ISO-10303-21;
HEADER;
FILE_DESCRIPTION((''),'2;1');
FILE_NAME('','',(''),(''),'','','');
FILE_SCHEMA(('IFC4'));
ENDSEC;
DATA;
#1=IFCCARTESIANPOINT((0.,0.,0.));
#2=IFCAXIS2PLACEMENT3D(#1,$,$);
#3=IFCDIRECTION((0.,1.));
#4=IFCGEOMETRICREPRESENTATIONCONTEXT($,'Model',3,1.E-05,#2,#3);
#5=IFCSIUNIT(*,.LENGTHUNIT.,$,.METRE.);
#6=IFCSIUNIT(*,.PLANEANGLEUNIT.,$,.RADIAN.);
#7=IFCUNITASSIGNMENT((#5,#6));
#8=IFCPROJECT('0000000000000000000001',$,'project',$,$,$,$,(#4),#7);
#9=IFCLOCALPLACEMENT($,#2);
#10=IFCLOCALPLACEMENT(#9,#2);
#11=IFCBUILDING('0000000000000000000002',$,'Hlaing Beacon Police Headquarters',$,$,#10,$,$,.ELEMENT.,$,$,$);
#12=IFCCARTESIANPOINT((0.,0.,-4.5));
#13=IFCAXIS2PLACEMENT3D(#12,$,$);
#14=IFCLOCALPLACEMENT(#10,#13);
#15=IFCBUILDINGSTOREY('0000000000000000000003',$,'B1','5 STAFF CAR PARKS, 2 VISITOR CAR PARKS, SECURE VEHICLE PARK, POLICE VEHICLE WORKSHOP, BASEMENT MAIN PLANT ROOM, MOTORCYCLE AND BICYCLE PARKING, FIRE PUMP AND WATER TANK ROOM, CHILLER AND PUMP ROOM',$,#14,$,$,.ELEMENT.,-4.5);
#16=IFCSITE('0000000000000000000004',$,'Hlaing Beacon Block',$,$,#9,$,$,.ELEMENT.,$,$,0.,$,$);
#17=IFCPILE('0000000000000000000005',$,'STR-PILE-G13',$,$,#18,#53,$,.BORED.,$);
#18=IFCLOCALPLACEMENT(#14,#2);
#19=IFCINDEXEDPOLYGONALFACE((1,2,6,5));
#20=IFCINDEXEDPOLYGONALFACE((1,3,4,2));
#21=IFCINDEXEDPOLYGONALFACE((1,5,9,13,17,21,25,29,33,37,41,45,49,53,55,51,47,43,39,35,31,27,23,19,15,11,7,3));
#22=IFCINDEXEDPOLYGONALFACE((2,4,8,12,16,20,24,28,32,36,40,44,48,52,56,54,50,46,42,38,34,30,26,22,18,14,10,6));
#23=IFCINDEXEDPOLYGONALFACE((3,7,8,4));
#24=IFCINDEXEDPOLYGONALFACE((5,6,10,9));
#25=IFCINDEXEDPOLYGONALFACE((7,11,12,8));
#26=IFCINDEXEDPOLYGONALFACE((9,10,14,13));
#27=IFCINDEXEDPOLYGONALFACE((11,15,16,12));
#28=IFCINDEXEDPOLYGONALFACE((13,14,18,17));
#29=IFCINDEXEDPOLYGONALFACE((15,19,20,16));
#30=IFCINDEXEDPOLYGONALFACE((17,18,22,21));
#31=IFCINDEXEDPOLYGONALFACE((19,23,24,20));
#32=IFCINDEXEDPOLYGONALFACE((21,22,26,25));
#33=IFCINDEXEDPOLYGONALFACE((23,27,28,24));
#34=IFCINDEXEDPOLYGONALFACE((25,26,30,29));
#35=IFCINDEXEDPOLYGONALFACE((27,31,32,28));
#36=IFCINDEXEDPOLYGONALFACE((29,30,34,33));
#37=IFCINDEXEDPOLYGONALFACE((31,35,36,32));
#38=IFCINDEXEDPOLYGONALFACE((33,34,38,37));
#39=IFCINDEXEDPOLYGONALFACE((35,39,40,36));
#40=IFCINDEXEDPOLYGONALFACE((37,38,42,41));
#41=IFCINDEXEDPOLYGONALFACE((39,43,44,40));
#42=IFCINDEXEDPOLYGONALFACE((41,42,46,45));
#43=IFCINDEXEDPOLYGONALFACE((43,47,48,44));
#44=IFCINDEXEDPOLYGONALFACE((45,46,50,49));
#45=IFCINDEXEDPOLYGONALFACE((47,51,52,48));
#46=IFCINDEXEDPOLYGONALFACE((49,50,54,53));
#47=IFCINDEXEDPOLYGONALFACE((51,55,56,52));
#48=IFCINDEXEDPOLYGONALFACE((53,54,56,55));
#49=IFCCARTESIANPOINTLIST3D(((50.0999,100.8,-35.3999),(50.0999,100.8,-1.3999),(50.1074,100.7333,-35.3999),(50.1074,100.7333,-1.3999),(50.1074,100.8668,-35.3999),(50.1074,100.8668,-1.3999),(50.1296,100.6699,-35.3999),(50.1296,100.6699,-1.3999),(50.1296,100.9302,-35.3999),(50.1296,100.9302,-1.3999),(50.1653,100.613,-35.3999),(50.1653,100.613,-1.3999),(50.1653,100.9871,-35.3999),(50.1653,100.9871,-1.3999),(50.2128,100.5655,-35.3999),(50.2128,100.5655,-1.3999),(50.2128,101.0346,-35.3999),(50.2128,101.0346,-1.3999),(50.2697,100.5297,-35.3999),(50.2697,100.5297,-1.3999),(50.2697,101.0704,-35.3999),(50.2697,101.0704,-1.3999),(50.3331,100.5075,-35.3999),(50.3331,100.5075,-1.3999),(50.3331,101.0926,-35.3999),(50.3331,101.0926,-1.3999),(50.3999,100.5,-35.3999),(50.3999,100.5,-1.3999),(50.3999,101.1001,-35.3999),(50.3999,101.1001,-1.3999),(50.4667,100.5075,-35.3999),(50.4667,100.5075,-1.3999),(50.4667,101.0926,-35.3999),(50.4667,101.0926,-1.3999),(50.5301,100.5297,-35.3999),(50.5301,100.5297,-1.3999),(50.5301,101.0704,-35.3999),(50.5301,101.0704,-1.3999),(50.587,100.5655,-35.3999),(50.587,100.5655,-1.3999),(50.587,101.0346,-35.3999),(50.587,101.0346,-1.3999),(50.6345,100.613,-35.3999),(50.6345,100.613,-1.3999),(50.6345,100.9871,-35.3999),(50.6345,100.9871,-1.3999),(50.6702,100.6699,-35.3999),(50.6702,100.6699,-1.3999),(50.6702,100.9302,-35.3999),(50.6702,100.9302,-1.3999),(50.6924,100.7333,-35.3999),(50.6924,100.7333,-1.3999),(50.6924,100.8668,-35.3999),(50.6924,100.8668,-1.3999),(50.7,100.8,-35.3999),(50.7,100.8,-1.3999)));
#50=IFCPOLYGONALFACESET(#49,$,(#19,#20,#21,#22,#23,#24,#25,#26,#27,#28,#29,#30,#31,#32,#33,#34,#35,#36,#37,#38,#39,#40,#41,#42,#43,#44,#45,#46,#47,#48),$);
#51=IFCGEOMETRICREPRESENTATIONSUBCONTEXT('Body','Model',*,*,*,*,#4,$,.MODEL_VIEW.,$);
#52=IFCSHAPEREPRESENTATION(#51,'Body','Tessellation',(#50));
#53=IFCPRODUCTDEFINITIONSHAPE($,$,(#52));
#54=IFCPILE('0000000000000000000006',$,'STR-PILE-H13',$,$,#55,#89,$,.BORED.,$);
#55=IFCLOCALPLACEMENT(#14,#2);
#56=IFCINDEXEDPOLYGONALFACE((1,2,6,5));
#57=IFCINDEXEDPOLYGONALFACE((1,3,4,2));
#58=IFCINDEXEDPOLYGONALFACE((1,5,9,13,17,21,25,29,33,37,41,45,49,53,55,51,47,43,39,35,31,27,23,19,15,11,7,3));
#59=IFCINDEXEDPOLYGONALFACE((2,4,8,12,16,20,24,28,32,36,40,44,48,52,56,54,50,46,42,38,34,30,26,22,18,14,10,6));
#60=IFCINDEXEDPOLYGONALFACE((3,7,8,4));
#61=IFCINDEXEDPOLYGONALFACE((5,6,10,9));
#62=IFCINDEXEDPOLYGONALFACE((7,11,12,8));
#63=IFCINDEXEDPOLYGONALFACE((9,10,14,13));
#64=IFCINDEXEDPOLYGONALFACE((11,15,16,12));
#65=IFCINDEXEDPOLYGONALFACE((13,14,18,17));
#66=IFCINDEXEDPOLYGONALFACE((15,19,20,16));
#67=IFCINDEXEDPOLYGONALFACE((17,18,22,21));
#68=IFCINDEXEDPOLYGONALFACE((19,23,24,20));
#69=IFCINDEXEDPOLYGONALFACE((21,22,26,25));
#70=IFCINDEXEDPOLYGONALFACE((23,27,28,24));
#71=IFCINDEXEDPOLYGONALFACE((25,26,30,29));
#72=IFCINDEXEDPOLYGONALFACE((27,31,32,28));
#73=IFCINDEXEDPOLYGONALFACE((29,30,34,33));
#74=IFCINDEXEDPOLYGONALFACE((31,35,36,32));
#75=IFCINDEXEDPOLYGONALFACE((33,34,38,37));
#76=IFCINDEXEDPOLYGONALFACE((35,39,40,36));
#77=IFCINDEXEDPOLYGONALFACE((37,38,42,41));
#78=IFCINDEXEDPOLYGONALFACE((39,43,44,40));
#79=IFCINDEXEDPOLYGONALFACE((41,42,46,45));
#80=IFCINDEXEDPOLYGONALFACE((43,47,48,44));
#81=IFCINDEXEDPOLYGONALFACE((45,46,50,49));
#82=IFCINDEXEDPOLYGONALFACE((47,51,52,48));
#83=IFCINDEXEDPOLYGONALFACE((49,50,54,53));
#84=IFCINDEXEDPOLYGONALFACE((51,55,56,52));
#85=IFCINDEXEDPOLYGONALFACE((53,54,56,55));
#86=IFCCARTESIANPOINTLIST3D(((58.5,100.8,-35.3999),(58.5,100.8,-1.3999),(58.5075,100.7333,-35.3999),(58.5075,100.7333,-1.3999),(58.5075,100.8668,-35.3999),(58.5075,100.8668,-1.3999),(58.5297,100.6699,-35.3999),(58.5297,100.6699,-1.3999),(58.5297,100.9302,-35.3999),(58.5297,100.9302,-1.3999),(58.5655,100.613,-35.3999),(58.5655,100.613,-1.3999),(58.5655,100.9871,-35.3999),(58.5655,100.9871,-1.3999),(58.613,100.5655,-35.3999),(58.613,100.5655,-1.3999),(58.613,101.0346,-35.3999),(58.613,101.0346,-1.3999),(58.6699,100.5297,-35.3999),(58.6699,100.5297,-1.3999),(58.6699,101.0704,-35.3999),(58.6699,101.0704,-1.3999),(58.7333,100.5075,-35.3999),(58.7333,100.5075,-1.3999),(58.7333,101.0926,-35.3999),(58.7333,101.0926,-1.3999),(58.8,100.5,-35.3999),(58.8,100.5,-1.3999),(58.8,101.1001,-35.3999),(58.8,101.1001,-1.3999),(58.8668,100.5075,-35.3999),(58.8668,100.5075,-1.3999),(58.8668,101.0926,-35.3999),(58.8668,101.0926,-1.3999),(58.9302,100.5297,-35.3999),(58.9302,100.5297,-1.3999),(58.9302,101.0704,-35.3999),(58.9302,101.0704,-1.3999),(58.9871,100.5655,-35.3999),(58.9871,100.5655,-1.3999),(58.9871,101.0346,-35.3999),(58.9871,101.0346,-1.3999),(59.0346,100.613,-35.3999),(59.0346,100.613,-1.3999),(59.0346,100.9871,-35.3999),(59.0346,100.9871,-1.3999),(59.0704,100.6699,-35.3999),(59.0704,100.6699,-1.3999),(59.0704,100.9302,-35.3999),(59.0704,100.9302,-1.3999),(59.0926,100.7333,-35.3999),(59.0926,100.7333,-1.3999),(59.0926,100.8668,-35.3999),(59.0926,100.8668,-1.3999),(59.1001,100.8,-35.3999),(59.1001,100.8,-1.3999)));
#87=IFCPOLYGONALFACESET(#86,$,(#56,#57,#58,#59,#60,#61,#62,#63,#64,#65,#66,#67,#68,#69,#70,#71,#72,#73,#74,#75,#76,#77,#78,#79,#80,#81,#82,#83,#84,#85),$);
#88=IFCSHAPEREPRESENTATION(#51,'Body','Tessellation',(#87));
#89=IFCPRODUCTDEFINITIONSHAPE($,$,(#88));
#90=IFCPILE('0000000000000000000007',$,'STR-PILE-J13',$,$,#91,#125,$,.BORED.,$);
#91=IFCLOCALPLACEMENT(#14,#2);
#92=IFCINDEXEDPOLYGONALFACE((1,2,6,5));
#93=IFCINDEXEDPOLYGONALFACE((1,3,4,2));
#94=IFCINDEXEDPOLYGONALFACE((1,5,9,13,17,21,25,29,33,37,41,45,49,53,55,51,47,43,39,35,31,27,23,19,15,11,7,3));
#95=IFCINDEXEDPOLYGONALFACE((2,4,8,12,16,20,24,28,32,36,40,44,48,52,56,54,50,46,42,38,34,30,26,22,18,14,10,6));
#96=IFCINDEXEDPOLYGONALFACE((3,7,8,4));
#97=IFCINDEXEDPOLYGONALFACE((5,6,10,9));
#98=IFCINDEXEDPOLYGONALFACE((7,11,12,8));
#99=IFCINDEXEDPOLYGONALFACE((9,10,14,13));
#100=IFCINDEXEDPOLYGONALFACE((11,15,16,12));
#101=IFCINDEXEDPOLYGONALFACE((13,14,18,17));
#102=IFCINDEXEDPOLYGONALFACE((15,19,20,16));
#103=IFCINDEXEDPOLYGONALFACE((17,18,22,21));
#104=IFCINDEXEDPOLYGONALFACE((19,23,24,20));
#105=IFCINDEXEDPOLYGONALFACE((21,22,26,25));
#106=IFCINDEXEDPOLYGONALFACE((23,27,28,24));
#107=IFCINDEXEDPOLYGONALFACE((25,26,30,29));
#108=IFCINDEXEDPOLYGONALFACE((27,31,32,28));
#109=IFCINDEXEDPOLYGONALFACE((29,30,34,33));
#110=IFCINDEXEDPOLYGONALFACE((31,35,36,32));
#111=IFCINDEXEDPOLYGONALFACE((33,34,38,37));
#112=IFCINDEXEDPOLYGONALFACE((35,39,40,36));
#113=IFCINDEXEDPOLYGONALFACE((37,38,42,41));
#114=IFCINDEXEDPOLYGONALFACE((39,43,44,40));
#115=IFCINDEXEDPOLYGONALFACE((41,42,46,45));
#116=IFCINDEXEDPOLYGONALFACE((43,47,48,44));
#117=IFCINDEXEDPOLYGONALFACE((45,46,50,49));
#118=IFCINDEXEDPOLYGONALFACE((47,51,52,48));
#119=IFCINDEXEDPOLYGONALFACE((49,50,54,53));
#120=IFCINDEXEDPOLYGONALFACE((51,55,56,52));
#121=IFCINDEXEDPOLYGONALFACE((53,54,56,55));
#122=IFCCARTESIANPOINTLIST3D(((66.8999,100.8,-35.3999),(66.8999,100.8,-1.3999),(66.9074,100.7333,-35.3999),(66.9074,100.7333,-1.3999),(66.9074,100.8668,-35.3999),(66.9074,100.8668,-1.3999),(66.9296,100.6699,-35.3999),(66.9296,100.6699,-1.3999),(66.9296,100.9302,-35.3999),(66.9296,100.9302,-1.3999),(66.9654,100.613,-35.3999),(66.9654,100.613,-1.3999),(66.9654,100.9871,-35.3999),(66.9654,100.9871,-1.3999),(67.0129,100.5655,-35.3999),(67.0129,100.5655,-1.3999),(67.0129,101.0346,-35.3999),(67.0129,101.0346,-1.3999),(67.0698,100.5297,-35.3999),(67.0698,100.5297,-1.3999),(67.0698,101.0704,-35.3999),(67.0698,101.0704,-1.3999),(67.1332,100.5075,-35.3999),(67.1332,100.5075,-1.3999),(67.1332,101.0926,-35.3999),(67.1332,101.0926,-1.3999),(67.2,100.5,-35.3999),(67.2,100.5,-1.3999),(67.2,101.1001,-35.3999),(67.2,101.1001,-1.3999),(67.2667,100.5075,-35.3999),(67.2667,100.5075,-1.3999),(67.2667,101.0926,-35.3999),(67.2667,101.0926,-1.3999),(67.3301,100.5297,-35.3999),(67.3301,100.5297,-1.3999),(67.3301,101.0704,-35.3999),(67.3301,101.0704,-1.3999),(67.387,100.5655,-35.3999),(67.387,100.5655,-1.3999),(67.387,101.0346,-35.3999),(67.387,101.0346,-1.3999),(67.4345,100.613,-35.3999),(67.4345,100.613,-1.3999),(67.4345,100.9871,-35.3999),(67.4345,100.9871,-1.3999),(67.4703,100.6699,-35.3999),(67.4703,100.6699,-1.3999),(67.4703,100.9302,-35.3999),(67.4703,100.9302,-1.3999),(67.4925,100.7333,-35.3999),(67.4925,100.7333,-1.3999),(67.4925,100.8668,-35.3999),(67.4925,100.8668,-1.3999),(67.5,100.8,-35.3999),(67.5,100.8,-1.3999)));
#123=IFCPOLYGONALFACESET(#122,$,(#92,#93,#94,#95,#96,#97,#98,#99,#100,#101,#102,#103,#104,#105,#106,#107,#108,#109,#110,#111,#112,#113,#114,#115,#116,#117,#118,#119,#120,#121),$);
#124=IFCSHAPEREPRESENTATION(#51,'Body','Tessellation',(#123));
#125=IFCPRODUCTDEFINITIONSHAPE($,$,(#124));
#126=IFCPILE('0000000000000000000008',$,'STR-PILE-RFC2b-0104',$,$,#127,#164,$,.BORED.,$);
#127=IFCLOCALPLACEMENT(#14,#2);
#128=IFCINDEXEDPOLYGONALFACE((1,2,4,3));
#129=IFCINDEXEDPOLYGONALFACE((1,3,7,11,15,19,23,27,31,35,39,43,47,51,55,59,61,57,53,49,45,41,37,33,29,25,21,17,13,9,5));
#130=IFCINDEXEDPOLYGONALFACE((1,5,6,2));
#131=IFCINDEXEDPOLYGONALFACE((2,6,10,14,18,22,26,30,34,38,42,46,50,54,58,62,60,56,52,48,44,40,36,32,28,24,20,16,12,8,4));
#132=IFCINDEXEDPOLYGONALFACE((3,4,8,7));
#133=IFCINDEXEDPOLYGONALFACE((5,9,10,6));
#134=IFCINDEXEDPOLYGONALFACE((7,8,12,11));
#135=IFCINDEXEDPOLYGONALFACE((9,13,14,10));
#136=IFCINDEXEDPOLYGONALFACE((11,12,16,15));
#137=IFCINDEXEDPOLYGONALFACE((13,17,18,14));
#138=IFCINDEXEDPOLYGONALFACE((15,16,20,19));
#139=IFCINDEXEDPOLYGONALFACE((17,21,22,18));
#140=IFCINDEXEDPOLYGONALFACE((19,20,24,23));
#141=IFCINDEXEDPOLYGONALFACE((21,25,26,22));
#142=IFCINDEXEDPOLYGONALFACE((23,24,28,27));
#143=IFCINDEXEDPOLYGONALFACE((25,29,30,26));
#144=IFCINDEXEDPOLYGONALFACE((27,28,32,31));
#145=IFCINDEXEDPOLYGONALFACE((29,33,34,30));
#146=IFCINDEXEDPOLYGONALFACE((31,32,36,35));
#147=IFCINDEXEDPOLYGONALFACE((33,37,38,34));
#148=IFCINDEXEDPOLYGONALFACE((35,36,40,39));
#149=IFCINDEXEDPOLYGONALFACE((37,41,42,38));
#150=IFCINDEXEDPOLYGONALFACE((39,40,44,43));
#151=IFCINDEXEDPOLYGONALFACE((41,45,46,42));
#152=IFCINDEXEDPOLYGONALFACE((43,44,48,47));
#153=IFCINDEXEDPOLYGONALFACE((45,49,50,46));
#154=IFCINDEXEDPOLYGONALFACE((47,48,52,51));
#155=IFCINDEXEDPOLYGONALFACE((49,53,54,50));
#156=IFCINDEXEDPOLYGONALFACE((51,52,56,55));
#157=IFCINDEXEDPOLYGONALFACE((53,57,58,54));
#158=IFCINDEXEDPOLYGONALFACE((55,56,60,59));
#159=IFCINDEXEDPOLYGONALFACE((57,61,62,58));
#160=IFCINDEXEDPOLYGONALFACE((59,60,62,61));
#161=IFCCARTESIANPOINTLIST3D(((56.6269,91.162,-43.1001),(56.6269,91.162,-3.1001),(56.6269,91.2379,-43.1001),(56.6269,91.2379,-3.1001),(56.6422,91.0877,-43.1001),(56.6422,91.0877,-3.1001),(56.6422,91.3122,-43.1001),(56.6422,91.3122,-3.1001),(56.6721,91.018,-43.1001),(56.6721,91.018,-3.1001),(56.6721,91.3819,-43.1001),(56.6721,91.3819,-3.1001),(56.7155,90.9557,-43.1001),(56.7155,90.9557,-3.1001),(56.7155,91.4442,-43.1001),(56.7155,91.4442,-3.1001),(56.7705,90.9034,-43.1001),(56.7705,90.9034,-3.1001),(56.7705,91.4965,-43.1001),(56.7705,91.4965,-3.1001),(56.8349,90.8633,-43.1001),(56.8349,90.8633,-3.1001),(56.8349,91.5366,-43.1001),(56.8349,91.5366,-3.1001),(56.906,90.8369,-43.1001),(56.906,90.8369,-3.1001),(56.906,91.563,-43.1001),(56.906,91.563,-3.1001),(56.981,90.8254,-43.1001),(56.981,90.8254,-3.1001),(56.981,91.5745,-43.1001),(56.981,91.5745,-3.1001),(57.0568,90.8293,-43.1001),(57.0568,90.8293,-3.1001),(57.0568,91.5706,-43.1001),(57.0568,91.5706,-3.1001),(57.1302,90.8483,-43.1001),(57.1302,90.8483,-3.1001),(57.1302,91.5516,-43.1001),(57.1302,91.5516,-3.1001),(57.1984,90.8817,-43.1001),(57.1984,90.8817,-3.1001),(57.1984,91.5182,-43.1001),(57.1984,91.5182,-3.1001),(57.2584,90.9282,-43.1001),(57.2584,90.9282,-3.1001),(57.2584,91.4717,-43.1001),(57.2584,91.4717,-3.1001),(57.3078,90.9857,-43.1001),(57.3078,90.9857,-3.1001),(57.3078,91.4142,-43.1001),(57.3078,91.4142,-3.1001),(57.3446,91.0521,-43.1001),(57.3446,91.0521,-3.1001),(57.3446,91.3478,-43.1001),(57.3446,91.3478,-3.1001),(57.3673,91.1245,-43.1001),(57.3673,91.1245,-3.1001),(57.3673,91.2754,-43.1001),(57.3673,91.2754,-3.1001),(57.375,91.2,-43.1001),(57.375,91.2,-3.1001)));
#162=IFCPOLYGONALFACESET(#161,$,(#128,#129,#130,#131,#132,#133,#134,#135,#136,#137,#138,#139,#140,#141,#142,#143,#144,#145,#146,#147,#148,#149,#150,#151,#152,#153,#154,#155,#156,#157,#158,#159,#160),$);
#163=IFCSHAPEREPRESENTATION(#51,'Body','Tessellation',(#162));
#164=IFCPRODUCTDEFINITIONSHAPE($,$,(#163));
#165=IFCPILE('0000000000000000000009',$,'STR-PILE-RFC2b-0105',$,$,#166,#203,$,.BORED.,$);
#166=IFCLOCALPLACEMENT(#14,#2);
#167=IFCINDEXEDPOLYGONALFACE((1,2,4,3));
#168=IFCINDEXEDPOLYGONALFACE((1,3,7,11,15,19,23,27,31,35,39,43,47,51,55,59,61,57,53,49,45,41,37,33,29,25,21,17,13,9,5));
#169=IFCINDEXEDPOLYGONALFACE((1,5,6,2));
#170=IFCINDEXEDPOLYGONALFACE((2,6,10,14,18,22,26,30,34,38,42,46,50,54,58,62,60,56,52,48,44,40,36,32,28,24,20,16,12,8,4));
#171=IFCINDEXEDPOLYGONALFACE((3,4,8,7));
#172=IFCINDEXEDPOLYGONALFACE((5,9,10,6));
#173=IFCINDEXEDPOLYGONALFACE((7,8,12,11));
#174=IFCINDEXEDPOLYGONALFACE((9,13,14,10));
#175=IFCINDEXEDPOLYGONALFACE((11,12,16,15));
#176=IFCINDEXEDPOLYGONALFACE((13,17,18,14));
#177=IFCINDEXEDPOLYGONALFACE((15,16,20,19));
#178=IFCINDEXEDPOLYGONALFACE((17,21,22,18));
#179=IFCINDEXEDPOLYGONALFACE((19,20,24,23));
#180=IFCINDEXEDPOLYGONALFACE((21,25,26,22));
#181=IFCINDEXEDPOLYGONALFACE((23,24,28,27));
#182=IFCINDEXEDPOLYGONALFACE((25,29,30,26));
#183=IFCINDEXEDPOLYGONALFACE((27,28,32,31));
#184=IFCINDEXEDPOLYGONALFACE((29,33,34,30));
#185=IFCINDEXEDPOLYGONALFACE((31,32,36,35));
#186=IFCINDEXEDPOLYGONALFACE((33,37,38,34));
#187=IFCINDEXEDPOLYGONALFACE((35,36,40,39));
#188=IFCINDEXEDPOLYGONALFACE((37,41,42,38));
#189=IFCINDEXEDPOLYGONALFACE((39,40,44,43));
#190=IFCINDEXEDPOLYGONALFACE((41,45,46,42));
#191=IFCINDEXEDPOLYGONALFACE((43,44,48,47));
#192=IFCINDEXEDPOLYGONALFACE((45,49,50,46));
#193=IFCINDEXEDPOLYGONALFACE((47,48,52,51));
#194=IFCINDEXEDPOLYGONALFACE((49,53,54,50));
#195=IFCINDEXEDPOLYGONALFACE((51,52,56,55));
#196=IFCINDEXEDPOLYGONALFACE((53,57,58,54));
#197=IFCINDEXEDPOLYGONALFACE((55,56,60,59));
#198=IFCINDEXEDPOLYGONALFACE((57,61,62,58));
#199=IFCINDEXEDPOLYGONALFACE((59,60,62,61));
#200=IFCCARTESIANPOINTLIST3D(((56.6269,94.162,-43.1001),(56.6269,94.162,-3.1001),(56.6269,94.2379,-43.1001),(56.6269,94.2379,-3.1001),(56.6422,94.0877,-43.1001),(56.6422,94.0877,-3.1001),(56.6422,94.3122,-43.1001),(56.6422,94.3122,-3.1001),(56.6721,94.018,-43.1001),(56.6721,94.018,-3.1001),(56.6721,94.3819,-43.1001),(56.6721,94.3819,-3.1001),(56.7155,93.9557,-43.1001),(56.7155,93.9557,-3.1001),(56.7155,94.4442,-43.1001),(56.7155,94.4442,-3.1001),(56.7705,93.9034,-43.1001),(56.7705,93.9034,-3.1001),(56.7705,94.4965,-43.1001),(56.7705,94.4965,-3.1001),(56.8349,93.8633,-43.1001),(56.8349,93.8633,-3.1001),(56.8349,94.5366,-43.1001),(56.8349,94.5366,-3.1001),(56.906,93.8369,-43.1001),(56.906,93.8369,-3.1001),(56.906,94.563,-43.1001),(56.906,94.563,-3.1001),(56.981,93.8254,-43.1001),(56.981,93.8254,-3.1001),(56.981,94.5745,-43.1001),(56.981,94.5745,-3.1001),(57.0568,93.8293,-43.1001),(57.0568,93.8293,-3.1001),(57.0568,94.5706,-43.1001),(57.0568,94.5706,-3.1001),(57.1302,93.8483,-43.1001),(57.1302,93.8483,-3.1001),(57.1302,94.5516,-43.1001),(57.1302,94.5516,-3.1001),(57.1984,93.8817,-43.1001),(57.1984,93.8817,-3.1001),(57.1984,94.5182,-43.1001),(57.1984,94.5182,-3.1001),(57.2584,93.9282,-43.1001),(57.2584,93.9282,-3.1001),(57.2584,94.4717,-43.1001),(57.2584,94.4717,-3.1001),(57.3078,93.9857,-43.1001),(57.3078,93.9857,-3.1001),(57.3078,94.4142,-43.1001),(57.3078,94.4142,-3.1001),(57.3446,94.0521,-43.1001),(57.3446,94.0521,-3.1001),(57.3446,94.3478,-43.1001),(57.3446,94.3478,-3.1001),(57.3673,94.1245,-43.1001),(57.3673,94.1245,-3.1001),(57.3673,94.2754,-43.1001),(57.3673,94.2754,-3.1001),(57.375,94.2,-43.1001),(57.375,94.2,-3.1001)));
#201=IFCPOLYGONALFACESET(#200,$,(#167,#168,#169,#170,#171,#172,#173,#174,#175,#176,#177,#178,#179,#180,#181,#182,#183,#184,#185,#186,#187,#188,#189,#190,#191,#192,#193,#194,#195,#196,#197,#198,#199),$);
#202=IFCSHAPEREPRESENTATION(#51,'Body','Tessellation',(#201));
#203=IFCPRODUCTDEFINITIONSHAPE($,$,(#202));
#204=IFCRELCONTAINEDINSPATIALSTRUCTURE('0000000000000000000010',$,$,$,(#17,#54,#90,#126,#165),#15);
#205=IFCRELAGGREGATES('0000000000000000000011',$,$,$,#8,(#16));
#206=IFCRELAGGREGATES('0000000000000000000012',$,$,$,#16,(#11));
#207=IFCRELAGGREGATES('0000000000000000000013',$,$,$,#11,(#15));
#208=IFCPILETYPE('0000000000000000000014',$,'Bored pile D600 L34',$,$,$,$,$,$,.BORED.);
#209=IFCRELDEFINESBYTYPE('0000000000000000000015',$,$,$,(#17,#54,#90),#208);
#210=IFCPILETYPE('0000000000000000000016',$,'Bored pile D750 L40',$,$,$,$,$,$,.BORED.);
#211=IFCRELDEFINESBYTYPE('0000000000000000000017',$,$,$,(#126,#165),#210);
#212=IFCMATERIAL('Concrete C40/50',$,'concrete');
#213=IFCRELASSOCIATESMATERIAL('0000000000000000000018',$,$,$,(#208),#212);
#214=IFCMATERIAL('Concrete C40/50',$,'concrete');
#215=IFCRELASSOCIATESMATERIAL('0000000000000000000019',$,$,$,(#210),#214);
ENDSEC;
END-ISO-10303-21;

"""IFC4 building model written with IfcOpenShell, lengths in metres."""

from ifc_helpers import new_model, si_unit, direction, frame, origin, origin_2d, place, context, subcontext, project, spatial, circle, extrude, material, material_profile, profile_set, type_object, element, save


model = new_model("IFC4")

# Units and contexts
model_context = context("Model", 3, precision=1e-05, world=origin(), true_north=direction((0.0, 1.0)))
body_context = subcontext(model_context, "Body", "Model", "MODEL_VIEW")
ifc_project = project(units=[si_unit("LENGTHUNIT", "METRE"), si_unit("PLANEANGLEUNIT", "RADIAN")], contexts=[model_context])

# Site, building, storey
site_placement = place(None, origin())
site = spatial("IfcSite", under=ifc_project, at=site_placement, Name="Hlaing Beacon Block", CompositionType="ELEMENT", RefElevation=0.0)
building_placement = place(site_placement, origin())
building = spatial("IfcBuilding", under=site, at=building_placement, Name="Hlaing Beacon Police Headquarters", CompositionType="ELEMENT")
storey_placement = place(building_placement, frame((0.0, 0.0, -4.5)))
storey = spatial("IfcBuildingStorey", under=building, at=storey_placement, Name="B1", Description="5 STAFF CAR PARKS, 2 VISITOR CAR PARKS, SECURE VEHICLE PARK, POLICE VEHICLE WORKSHOP, BASEMENT MAIN PLANT ROOM, MOTORCYCLE AND BICYCLE PARKING, FIRE PUMP AND WATER TANK ROOM, CHILLER AND PUMP ROOM", CompositionType="ELEMENT", Elevation=-4.5)

# Piles
ifc_material_1 = material(Name="Concrete C40/50", Category="concrete")
ifc_material_profile_1 = material_profile(ifc_material_1, circle(Radius=0.3, at=origin_2d()), Name="D600")
ifc_profile_set_1 = profile_set([ifc_material_profile_1], Name="Concrete C40/50")
pile_type_1 = type_object("IfcPileType", Name="Bored pile D600 L34", PredefinedType="BORED", material=ifc_profile_set_1)
for number, where, z_axis, x_axis, name in (
    (1, (50.3999, 100.8, -1.3999), (0.0, 0.0, -1.0), (1.0, 0.0, 0.0), "STR-PILE-G13"),
    (2, (58.8, 100.8, -1.3999), (0.0, 0.0, -1.0), (1.0, 0.0, 0.0), "STR-PILE-H13"),
    (3, (67.2, 100.8, -1.3999), (0.0, 0.0, -1.0), (1.0, 0.0, 0.0), "STR-PILE-J13"),
):
    element("IfcPile", number, at=place(storey_placement, frame(where, z_axis=z_axis, x_axis=x_axis)), inside=storey, type_object=pile_type_1, Name=name, PredefinedType="BORED", context=body_context, shape_type="SweptSolid", body=[
        extrude(circle(Radius=0.3, at=origin_2d()), origin(), (0.0, 0.0, 1.0), 34.0),
    ])
ifc_material_2 = material(Name="Concrete C40/50", Category="concrete")
ifc_material_profile_2 = material_profile(ifc_material_2, circle(Radius=0.375, at=origin_2d()), Name="D750")
ifc_profile_set_2 = profile_set([ifc_material_profile_2], Name="Concrete C40/50")
pile_type_2 = type_object("IfcPileType", Name="Bored pile D750 L40", PredefinedType="BORED", material=ifc_profile_set_2)
for number, where, z_axis, x_axis, name in (
    (4, (57.0, 91.2, -3.1001), (0.0, 0.0, -1.0), (1.0, 0.0, 0.0), "STR-PILE-RFC2b-0104"),
    (5, (57.0, 94.2, -3.1001), (0.0, 0.0, -1.0), (1.0, 0.0, 0.0), "STR-PILE-RFC2b-0105"),
):
    element("IfcPile", number, at=place(storey_placement, frame(where, z_axis=z_axis, x_axis=x_axis)), inside=storey, type_object=pile_type_2, Name=name, PredefinedType="BORED", context=body_context, shape_type="SweptSolid", body=[
        extrude(circle(Radius=0.375, at=origin_2d()), origin(), (0.0, 0.0, 1.0), 40.0),
    ])

save(model, "model.ifc")
